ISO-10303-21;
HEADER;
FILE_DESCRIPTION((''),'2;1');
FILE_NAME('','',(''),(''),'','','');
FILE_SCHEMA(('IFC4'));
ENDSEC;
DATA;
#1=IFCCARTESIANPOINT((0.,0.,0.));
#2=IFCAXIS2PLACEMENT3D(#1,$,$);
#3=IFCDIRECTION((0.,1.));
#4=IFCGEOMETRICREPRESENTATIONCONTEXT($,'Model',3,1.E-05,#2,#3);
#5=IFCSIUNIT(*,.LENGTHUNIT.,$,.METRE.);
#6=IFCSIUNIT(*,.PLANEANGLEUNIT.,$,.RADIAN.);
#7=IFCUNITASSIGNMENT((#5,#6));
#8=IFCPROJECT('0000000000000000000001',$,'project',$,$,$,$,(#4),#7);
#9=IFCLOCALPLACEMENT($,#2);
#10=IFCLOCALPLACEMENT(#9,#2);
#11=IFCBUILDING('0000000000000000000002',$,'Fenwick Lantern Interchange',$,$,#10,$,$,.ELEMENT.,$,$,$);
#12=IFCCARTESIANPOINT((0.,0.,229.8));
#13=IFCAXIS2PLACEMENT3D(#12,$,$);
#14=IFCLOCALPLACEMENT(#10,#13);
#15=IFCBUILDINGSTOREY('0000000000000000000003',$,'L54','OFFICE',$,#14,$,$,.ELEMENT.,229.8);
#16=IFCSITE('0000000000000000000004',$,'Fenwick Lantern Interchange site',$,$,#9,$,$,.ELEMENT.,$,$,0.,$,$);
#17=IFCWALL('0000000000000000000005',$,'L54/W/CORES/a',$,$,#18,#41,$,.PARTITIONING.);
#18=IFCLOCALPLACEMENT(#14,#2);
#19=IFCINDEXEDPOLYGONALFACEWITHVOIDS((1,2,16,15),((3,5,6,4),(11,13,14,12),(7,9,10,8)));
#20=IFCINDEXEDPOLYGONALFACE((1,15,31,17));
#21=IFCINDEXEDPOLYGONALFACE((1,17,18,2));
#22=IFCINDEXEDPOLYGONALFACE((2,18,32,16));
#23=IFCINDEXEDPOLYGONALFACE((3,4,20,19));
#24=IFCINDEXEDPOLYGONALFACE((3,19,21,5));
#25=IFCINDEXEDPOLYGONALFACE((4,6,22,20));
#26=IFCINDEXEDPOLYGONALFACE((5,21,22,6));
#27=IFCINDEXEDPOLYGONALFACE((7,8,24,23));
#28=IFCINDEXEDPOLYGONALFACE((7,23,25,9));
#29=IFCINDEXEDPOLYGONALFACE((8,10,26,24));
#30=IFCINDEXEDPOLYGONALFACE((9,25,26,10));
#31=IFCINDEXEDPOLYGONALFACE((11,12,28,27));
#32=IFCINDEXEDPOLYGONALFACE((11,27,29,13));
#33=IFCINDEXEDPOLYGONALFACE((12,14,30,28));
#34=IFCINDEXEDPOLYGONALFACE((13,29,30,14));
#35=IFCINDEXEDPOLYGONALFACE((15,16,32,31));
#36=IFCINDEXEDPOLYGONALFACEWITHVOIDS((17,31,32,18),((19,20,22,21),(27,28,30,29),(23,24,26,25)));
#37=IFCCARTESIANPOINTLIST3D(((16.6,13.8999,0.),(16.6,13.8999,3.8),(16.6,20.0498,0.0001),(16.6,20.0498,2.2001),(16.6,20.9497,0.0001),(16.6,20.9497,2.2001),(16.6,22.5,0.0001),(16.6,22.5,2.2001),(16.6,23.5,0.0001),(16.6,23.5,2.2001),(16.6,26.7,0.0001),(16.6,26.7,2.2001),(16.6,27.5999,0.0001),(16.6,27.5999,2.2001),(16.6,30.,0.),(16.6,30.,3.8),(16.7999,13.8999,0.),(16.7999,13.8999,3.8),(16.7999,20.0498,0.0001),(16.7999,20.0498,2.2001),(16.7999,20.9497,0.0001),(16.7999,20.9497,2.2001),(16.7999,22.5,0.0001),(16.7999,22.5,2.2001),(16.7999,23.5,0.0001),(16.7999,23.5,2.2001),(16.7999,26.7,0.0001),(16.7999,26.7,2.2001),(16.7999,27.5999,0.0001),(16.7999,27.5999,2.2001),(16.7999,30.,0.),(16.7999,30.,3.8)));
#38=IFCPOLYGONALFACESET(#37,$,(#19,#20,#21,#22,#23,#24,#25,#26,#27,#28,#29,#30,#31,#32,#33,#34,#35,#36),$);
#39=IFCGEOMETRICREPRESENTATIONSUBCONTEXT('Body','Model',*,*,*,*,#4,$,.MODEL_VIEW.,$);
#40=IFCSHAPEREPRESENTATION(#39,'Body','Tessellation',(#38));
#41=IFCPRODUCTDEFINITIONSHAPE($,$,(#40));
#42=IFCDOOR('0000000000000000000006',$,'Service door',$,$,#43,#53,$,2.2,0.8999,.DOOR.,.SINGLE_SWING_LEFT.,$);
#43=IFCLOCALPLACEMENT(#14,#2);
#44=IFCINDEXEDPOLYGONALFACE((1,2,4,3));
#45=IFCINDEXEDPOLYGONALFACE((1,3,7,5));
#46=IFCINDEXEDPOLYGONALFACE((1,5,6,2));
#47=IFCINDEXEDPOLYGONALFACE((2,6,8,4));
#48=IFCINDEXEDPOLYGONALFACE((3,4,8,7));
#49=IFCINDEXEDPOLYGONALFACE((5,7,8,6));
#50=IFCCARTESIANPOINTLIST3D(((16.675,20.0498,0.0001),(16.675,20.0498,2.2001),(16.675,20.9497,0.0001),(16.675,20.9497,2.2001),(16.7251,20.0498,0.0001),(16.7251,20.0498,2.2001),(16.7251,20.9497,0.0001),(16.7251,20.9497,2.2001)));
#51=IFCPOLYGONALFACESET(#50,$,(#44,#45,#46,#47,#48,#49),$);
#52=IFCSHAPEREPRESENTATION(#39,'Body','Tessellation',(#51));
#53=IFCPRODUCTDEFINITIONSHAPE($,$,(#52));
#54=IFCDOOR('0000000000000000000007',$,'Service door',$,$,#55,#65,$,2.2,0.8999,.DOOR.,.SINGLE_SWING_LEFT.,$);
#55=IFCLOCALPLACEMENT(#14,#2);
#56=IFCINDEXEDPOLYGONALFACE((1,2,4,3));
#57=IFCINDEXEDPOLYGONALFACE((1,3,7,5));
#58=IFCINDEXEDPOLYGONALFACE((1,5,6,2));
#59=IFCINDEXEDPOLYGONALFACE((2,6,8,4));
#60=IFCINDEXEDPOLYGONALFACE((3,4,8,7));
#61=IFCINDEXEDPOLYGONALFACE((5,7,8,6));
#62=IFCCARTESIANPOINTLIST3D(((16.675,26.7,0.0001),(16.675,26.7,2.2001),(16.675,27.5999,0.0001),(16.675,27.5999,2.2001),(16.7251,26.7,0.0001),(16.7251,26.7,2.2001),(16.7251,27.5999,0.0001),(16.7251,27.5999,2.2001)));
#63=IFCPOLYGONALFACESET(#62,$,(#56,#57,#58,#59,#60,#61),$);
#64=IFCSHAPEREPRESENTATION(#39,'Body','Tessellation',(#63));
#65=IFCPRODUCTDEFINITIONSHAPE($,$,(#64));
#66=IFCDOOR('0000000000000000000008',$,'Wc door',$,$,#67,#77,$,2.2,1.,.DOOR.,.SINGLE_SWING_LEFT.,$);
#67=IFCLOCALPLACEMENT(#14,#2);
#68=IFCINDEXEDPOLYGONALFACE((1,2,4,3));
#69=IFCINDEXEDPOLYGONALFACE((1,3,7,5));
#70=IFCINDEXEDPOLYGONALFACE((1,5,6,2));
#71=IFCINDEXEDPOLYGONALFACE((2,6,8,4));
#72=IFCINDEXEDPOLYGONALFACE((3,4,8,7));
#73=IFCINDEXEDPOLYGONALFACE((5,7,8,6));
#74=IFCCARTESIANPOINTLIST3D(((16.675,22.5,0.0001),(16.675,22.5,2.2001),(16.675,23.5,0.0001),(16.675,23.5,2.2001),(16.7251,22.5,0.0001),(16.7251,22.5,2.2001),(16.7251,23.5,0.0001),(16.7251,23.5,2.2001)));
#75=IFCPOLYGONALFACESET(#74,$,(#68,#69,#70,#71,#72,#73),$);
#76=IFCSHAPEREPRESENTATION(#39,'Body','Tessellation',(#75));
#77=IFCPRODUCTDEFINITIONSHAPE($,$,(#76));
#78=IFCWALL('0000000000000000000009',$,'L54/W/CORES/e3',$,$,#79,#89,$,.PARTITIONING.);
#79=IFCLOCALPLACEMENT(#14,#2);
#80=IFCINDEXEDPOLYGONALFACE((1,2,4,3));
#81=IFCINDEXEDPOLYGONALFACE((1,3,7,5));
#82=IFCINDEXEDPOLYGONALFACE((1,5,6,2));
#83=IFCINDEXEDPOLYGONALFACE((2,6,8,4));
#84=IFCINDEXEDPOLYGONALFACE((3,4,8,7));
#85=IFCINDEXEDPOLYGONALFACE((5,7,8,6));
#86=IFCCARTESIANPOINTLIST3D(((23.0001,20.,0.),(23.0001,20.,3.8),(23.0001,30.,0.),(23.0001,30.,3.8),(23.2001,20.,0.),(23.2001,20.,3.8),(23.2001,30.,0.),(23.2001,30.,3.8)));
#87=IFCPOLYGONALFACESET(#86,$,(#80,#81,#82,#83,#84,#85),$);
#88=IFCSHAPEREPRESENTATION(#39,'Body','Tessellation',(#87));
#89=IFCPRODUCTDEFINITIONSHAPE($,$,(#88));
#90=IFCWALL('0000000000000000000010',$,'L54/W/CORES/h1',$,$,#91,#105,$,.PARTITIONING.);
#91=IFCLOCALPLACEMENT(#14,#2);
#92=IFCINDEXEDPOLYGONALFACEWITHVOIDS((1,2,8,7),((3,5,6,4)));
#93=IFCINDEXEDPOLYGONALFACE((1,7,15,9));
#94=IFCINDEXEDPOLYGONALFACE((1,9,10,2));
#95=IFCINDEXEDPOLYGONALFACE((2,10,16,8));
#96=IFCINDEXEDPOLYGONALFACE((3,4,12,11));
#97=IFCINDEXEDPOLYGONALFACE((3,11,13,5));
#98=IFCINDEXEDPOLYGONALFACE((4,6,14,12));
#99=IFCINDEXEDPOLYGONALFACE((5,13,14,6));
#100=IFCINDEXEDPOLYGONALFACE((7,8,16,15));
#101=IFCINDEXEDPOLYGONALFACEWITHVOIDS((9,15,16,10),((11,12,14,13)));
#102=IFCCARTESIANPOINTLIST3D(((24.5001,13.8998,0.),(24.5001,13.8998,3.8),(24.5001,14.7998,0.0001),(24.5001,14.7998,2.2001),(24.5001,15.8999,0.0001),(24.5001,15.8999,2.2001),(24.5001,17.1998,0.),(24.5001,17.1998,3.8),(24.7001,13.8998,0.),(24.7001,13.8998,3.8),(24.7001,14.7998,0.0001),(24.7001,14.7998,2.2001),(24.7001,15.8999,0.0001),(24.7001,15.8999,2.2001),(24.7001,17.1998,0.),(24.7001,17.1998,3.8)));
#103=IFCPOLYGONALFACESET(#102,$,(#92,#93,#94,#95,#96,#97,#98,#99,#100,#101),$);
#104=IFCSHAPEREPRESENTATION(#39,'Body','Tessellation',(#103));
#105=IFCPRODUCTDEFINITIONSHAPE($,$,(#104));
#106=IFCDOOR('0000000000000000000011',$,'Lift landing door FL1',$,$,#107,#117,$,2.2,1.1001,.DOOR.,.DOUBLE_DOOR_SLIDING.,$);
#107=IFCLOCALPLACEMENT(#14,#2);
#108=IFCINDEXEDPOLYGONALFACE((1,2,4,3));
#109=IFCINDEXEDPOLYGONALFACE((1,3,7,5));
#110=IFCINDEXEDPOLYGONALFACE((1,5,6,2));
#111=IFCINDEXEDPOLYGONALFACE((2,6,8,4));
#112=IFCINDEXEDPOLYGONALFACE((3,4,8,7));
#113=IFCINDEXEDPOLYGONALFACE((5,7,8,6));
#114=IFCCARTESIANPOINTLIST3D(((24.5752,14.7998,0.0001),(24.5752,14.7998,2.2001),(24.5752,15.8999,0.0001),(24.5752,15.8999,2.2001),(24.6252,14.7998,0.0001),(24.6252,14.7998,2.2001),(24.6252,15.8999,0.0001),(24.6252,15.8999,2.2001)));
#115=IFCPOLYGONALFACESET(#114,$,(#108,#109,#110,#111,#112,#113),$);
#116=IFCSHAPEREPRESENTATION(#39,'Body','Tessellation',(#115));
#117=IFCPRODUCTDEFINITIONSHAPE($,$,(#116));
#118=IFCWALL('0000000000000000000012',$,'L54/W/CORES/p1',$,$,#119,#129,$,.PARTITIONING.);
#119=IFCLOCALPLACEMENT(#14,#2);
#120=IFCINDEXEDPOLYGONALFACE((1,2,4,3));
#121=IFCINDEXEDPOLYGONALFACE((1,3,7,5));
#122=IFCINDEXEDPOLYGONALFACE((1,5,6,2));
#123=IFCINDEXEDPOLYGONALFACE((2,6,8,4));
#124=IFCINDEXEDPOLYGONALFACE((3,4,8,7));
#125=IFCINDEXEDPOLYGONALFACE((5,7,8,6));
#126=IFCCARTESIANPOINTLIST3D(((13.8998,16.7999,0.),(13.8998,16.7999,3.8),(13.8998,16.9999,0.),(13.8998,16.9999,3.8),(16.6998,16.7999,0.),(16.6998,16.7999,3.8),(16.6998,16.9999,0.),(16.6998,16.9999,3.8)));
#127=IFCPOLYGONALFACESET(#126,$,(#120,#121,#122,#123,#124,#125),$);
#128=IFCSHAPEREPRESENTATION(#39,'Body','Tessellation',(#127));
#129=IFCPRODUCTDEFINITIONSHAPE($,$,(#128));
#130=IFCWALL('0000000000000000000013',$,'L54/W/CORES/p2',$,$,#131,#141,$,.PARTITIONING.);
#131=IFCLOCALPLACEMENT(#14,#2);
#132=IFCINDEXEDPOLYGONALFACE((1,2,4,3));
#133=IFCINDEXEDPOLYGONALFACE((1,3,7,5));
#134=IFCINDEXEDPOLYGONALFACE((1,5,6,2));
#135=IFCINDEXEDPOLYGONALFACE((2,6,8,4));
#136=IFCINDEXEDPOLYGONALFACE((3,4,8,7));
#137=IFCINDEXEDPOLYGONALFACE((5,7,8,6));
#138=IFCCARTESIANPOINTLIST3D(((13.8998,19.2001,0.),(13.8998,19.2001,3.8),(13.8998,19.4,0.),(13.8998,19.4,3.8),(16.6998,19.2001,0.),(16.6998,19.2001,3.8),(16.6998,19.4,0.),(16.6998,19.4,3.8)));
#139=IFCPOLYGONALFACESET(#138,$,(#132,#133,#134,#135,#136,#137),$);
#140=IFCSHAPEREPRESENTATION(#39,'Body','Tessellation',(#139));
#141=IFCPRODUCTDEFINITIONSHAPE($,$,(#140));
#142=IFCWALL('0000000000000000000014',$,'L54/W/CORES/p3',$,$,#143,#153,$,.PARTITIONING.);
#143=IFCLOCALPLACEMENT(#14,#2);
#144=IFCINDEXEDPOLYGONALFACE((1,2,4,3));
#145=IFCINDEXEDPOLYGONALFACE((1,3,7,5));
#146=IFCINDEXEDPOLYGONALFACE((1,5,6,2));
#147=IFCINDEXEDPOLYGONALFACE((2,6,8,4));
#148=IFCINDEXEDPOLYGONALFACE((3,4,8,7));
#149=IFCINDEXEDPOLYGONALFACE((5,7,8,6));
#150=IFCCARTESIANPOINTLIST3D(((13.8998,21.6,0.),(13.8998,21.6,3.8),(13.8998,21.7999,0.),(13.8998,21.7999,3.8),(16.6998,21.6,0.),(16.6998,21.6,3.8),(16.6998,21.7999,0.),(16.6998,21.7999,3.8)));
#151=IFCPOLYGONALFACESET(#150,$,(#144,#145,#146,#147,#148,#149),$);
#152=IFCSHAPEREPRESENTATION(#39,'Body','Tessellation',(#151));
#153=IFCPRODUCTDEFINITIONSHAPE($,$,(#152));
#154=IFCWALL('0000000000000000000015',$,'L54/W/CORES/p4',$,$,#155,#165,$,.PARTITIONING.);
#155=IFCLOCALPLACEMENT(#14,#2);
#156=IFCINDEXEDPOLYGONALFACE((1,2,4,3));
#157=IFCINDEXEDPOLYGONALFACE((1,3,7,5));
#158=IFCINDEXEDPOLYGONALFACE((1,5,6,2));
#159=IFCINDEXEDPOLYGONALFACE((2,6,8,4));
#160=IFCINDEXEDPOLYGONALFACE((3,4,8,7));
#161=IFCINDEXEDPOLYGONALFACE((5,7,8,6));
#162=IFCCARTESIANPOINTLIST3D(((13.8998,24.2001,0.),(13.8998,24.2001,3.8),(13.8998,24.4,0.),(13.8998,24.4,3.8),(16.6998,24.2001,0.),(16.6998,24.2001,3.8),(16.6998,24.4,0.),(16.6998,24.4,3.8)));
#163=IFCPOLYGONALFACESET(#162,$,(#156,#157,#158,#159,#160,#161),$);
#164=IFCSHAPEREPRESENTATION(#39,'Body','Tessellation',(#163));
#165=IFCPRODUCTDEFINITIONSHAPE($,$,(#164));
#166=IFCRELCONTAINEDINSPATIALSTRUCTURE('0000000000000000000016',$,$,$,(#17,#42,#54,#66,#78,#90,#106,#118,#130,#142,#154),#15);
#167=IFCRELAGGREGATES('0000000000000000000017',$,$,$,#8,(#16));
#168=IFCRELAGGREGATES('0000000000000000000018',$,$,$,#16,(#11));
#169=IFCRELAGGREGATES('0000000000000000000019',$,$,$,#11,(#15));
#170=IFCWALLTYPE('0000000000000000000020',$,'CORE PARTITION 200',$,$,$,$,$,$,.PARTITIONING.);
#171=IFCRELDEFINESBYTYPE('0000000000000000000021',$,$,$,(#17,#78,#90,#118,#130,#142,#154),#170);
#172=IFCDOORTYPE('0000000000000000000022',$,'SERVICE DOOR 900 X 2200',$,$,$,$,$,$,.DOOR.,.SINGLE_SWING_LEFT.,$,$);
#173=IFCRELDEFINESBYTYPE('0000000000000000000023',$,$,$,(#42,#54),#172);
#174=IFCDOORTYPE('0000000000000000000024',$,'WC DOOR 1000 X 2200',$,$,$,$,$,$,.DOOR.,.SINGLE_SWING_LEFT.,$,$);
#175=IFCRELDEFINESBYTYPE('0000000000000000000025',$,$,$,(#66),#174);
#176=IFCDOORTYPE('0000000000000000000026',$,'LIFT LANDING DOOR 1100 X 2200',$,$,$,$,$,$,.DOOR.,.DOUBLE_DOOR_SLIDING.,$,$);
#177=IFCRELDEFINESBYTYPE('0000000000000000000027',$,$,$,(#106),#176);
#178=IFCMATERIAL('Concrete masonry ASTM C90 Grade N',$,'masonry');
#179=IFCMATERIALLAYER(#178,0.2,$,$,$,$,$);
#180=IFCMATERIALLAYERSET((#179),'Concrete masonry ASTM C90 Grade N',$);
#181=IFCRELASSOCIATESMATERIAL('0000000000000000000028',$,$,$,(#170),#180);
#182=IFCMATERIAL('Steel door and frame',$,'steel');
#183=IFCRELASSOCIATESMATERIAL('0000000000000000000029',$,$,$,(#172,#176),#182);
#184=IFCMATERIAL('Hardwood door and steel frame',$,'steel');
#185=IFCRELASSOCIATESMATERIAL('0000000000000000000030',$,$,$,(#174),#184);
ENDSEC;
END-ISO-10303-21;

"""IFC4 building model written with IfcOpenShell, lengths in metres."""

from ifc_helpers import new_model, si_unit, direction, frame, frame_2d, origin, place, context, subcontext, project, spatial, rectangle, extrude, material, layer, layer_set, type_object, element, fill, save


model = new_model("IFC4")

# Units and contexts
model_context = context("Model", 3, precision=1e-05, world=origin(), true_north=direction((0.0, 1.0)))
body_context = subcontext(model_context, "Body", "Model", "MODEL_VIEW")
ifc_project = project(units=[si_unit("LENGTHUNIT", "METRE"), si_unit("PLANEANGLEUNIT", "RADIAN")], contexts=[model_context])

# Site, building, storey
site_placement = place(None, origin())
site = spatial("IfcSite", under=ifc_project, at=site_placement, Name="Fenwick Lantern Interchange site", CompositionType="ELEMENT", RefElevation=0.0)
building_placement = place(site_placement, origin())
building = spatial("IfcBuilding", under=site, at=building_placement, Name="Fenwick Lantern Interchange", CompositionType="ELEMENT")
storey_placement = place(building_placement, frame((0.0, 0.0, 229.8)))
storey = spatial("IfcBuildingStorey", under=building, at=storey_placement, Name="L54", Description="OFFICE", CompositionType="ELEMENT", Elevation=229.8)

# Wall, openings, doors
ifc_material_1 = material(Name="Concrete masonry ASTM C90 Grade N", Category="masonry")
ifc_layer_1 = layer(ifc_material_1, 0.2)
ifc_layer_set_1 = layer_set([ifc_layer_1], Name="Concrete masonry ASTM C90 Grade N")
wall_type_1 = type_object("IfcWallType", Name="CORE PARTITION 200", PredefinedType="PARTITIONING", material=ifc_layer_set_1)
wall_1_placement = place(storey_placement, frame((16.7, 13.8999, 0.0), z_axis=(0.0, 0.0, 1.0), x_axis=(0.0, 1.0, 0.0)))
wall_1 = element("IfcWall", 1, at=wall_1_placement, inside=storey, type_object=wall_type_1, Name="L54/W/CORES/a", PredefinedType="PARTITIONING", context=body_context, shape_type="SweptSolid", body=[
    extrude(rectangle(XDim=16.1001, YDim=0.2, at=frame_2d((8.05, 0.0))), origin(), (0.0, 0.0, 1.0), 3.8),
])
opening_1_placement = place(wall_1_placement, frame((6.1499, 0.0, 0.0)))
opening_1 = element("IfcOpeningElement", 2, at=opening_1_placement, cuts=wall_1, PredefinedType="OPENING", context=body_context, shape_type="SweptSolid", body=[
    extrude(rectangle(XDim=0.8999, YDim=2.2, at=frame_2d((0.45, 1.1001))), frame((0.0, 0.1099, 0.0), z_axis=(0.0, -1.0, 0.0), x_axis=(1.0, 0.0, 0.0)), (0.0, 0.0, 1.0), 0.22),
])
opening_2_placement = place(wall_1_placement, frame((8.6001, 0.0, 0.0)))
opening_2 = element("IfcOpeningElement", 3, at=opening_2_placement, cuts=wall_1, PredefinedType="OPENING", context=body_context, shape_type="SweptSolid", body=[
    extrude(rectangle(XDim=1.0, YDim=2.2, at=frame_2d((0.5, 1.1001))), frame((0.0, 0.1099, 0.0), z_axis=(0.0, -1.0, 0.0), x_axis=(1.0, 0.0, 0.0)), (0.0, 0.0, 1.0), 0.22),
])
opening_3_placement = place(wall_1_placement, frame((12.8, 0.0, 0.0)))
opening_3 = element("IfcOpeningElement", 4, at=opening_3_placement, cuts=wall_1, PredefinedType="OPENING", context=body_context, shape_type="SweptSolid", body=[
    extrude(rectangle(XDim=0.8999, YDim=2.2, at=frame_2d((0.45, 1.1001))), frame((0.0, 0.1099, 0.0), z_axis=(0.0, -1.0, 0.0), x_axis=(1.0, 0.0, 0.0)), (0.0, 0.0, 1.0), 0.22),
])
ifc_material_2 = material(Name="Steel door and frame", Category="steel")
door_type_1 = type_object("IfcDoorType", Name="SERVICE DOOR 900 X 2200", OperationType="SINGLE_SWING_LEFT", PredefinedType="DOOR", material=ifc_material_2)
door_1_placement = place(opening_1_placement, origin())
door_1 = element("IfcDoor", 5, at=door_1_placement, inside=storey, type_object=door_type_1, Name="Service door", OperationType="SINGLE_SWING_LEFT", OverallHeight=2.2, OverallWidth=0.8999, PredefinedType="DOOR", context=body_context, shape_type="SweptSolid", body=[
    extrude(rectangle(XDim=0.8999, YDim=2.2, at=frame_2d((0.45, 1.1001))), frame((0.0, 0.0249, 0.0), z_axis=(0.0, -1.0, 0.0), x_axis=(1.0, 0.0, 0.0)), (0.0, 0.0, 1.0), 0.05),
])
fill(opening_1, door_1)
door_2_placement = place(opening_3_placement, origin())
door_2 = element("IfcDoor", 6, at=door_2_placement, inside=storey, type_object=door_type_1, Name="Service door", OperationType="SINGLE_SWING_LEFT", OverallHeight=2.2, OverallWidth=0.8999, PredefinedType="DOOR", context=body_context, shape_type="SweptSolid", body=[
    extrude(rectangle(XDim=0.8999, YDim=2.2, at=frame_2d((0.45, 1.1001))), frame((0.0, 0.0249, 0.0), z_axis=(0.0, -1.0, 0.0), x_axis=(1.0, 0.0, 0.0)), (0.0, 0.0, 1.0), 0.05),
])
fill(opening_3, door_2)
ifc_material_3 = material(Name="Hardwood door and steel frame", Category="steel")
door_type_2 = type_object("IfcDoorType", Name="WC DOOR 1000 X 2200", OperationType="SINGLE_SWING_LEFT", PredefinedType="DOOR", material=ifc_material_3)
door_3_placement = place(opening_2_placement, origin())
door_3 = element("IfcDoor", 7, at=door_3_placement, inside=storey, type_object=door_type_2, Name="Wc door", OperationType="SINGLE_SWING_LEFT", OverallHeight=2.2, OverallWidth=1.0, PredefinedType="DOOR", context=body_context, shape_type="SweptSolid", body=[
    extrude(rectangle(XDim=1.0, YDim=2.2, at=frame_2d((0.5, 1.1001))), frame((0.0, 0.0249, 0.0), z_axis=(0.0, -1.0, 0.0), x_axis=(1.0, 0.0, 0.0)), (0.0, 0.0, 1.0), 0.05),
])
fill(opening_2, door_3)

# Wall
wall_2_placement = place(storey_placement, frame((23.1001, 20.0, 0.0), z_axis=(0.0, 0.0, 1.0), x_axis=(0.0, 1.0, 0.0)))
element("IfcWall", 8, at=wall_2_placement, inside=storey, type_object=wall_type_1, Name="L54/W/CORES/e3", PredefinedType="PARTITIONING", context=body_context, shape_type="SweptSolid", body=[
    extrude(rectangle(XDim=10.0, YDim=0.2, at=frame_2d((5.0, 0.0))), origin(), (0.0, 0.0, 1.0), 3.8),
])

# Wall, opening, door
wall_3_placement = place(storey_placement, frame((24.6001, 13.8999, 0.0), z_axis=(0.0, 0.0, 1.0), x_axis=(0.0, 1.0, 0.0)))
wall_3 = element("IfcWall", 9, at=wall_3_placement, inside=storey, type_object=wall_type_1, Name="L54/W/CORES/h1", PredefinedType="PARTITIONING", context=body_context, shape_type="SweptSolid", body=[
    extrude(rectangle(XDim=3.3, YDim=0.2, at=frame_2d((1.6499, 0.0))), origin(), (0.0, 0.0, 1.0), 3.8),
])
opening_4_placement = place(wall_3_placement, frame((0.8999, 0.0, 0.0)))
opening_4 = element("IfcOpeningElement", 10, at=opening_4_placement, cuts=wall_3, PredefinedType="OPENING", context=body_context, shape_type="SweptSolid", body=[
    extrude(rectangle(XDim=1.1001, YDim=2.2, at=frame_2d((0.55, 1.1001))), frame((0.0, 0.1099, 0.0), z_axis=(0.0, -1.0, 0.0), x_axis=(1.0, 0.0, 0.0)), (0.0, 0.0, 1.0), 0.22),
])
door_type_3 = type_object("IfcDoorType", Name="LIFT LANDING DOOR 1100 X 2200", OperationType="DOUBLE_DOOR_SLIDING", PredefinedType="DOOR", material=ifc_material_2)
door_4_placement = place(opening_4_placement, origin())
door_4 = element("IfcDoor", 11, at=door_4_placement, inside=storey, type_object=door_type_3, Name="Lift landing door FL1", OperationType="DOUBLE_DOOR_SLIDING", OverallHeight=2.2, OverallWidth=1.1001, PredefinedType="DOOR", context=body_context, shape_type="SweptSolid", body=[
    extrude(rectangle(XDim=1.1001, YDim=2.2, at=frame_2d((0.55, 1.1001))), frame((0.0, 0.0249, 0.0), z_axis=(0.0, -1.0, 0.0), x_axis=(1.0, 0.0, 0.0)), (0.0, 0.0, 1.0), 0.05),
])
fill(opening_4, door_4)

# Walls
for number, where, z_axis, x_axis, name in (
    (12, (13.8999, 16.8999, 0.0), (0.0, 0.0, 1.0), (1.0, 0.0, 0.0), "L54/W/CORES/p1"),
    (13, (13.8999, 19.3, 0.0), (0.0, 0.0, 1.0), (1.0, 0.0, 0.0), "L54/W/CORES/p2"),
    (14, (13.8999, 21.7, 0.0), (0.0, 0.0, 1.0), (1.0, 0.0, 0.0), "L54/W/CORES/p3"),
    (15, (13.8999, 24.3, 0.0), (0.0, 0.0, 1.0), (1.0, 0.0, 0.0), "L54/W/CORES/p4"),
):
    element("IfcWall", number, at=place(storey_placement, frame(where, z_axis=z_axis, x_axis=x_axis)), inside=storey, type_object=wall_type_1, Name=name, PredefinedType="PARTITIONING", context=body_context, shape_type="SweptSolid", body=[
        extrude(rectangle(XDim=2.8, YDim=0.2, at=frame_2d((1.3999, 0.0))), origin(), (0.0, 0.0, 1.0), 3.8),
    ])

save(model, "model.ifc")
